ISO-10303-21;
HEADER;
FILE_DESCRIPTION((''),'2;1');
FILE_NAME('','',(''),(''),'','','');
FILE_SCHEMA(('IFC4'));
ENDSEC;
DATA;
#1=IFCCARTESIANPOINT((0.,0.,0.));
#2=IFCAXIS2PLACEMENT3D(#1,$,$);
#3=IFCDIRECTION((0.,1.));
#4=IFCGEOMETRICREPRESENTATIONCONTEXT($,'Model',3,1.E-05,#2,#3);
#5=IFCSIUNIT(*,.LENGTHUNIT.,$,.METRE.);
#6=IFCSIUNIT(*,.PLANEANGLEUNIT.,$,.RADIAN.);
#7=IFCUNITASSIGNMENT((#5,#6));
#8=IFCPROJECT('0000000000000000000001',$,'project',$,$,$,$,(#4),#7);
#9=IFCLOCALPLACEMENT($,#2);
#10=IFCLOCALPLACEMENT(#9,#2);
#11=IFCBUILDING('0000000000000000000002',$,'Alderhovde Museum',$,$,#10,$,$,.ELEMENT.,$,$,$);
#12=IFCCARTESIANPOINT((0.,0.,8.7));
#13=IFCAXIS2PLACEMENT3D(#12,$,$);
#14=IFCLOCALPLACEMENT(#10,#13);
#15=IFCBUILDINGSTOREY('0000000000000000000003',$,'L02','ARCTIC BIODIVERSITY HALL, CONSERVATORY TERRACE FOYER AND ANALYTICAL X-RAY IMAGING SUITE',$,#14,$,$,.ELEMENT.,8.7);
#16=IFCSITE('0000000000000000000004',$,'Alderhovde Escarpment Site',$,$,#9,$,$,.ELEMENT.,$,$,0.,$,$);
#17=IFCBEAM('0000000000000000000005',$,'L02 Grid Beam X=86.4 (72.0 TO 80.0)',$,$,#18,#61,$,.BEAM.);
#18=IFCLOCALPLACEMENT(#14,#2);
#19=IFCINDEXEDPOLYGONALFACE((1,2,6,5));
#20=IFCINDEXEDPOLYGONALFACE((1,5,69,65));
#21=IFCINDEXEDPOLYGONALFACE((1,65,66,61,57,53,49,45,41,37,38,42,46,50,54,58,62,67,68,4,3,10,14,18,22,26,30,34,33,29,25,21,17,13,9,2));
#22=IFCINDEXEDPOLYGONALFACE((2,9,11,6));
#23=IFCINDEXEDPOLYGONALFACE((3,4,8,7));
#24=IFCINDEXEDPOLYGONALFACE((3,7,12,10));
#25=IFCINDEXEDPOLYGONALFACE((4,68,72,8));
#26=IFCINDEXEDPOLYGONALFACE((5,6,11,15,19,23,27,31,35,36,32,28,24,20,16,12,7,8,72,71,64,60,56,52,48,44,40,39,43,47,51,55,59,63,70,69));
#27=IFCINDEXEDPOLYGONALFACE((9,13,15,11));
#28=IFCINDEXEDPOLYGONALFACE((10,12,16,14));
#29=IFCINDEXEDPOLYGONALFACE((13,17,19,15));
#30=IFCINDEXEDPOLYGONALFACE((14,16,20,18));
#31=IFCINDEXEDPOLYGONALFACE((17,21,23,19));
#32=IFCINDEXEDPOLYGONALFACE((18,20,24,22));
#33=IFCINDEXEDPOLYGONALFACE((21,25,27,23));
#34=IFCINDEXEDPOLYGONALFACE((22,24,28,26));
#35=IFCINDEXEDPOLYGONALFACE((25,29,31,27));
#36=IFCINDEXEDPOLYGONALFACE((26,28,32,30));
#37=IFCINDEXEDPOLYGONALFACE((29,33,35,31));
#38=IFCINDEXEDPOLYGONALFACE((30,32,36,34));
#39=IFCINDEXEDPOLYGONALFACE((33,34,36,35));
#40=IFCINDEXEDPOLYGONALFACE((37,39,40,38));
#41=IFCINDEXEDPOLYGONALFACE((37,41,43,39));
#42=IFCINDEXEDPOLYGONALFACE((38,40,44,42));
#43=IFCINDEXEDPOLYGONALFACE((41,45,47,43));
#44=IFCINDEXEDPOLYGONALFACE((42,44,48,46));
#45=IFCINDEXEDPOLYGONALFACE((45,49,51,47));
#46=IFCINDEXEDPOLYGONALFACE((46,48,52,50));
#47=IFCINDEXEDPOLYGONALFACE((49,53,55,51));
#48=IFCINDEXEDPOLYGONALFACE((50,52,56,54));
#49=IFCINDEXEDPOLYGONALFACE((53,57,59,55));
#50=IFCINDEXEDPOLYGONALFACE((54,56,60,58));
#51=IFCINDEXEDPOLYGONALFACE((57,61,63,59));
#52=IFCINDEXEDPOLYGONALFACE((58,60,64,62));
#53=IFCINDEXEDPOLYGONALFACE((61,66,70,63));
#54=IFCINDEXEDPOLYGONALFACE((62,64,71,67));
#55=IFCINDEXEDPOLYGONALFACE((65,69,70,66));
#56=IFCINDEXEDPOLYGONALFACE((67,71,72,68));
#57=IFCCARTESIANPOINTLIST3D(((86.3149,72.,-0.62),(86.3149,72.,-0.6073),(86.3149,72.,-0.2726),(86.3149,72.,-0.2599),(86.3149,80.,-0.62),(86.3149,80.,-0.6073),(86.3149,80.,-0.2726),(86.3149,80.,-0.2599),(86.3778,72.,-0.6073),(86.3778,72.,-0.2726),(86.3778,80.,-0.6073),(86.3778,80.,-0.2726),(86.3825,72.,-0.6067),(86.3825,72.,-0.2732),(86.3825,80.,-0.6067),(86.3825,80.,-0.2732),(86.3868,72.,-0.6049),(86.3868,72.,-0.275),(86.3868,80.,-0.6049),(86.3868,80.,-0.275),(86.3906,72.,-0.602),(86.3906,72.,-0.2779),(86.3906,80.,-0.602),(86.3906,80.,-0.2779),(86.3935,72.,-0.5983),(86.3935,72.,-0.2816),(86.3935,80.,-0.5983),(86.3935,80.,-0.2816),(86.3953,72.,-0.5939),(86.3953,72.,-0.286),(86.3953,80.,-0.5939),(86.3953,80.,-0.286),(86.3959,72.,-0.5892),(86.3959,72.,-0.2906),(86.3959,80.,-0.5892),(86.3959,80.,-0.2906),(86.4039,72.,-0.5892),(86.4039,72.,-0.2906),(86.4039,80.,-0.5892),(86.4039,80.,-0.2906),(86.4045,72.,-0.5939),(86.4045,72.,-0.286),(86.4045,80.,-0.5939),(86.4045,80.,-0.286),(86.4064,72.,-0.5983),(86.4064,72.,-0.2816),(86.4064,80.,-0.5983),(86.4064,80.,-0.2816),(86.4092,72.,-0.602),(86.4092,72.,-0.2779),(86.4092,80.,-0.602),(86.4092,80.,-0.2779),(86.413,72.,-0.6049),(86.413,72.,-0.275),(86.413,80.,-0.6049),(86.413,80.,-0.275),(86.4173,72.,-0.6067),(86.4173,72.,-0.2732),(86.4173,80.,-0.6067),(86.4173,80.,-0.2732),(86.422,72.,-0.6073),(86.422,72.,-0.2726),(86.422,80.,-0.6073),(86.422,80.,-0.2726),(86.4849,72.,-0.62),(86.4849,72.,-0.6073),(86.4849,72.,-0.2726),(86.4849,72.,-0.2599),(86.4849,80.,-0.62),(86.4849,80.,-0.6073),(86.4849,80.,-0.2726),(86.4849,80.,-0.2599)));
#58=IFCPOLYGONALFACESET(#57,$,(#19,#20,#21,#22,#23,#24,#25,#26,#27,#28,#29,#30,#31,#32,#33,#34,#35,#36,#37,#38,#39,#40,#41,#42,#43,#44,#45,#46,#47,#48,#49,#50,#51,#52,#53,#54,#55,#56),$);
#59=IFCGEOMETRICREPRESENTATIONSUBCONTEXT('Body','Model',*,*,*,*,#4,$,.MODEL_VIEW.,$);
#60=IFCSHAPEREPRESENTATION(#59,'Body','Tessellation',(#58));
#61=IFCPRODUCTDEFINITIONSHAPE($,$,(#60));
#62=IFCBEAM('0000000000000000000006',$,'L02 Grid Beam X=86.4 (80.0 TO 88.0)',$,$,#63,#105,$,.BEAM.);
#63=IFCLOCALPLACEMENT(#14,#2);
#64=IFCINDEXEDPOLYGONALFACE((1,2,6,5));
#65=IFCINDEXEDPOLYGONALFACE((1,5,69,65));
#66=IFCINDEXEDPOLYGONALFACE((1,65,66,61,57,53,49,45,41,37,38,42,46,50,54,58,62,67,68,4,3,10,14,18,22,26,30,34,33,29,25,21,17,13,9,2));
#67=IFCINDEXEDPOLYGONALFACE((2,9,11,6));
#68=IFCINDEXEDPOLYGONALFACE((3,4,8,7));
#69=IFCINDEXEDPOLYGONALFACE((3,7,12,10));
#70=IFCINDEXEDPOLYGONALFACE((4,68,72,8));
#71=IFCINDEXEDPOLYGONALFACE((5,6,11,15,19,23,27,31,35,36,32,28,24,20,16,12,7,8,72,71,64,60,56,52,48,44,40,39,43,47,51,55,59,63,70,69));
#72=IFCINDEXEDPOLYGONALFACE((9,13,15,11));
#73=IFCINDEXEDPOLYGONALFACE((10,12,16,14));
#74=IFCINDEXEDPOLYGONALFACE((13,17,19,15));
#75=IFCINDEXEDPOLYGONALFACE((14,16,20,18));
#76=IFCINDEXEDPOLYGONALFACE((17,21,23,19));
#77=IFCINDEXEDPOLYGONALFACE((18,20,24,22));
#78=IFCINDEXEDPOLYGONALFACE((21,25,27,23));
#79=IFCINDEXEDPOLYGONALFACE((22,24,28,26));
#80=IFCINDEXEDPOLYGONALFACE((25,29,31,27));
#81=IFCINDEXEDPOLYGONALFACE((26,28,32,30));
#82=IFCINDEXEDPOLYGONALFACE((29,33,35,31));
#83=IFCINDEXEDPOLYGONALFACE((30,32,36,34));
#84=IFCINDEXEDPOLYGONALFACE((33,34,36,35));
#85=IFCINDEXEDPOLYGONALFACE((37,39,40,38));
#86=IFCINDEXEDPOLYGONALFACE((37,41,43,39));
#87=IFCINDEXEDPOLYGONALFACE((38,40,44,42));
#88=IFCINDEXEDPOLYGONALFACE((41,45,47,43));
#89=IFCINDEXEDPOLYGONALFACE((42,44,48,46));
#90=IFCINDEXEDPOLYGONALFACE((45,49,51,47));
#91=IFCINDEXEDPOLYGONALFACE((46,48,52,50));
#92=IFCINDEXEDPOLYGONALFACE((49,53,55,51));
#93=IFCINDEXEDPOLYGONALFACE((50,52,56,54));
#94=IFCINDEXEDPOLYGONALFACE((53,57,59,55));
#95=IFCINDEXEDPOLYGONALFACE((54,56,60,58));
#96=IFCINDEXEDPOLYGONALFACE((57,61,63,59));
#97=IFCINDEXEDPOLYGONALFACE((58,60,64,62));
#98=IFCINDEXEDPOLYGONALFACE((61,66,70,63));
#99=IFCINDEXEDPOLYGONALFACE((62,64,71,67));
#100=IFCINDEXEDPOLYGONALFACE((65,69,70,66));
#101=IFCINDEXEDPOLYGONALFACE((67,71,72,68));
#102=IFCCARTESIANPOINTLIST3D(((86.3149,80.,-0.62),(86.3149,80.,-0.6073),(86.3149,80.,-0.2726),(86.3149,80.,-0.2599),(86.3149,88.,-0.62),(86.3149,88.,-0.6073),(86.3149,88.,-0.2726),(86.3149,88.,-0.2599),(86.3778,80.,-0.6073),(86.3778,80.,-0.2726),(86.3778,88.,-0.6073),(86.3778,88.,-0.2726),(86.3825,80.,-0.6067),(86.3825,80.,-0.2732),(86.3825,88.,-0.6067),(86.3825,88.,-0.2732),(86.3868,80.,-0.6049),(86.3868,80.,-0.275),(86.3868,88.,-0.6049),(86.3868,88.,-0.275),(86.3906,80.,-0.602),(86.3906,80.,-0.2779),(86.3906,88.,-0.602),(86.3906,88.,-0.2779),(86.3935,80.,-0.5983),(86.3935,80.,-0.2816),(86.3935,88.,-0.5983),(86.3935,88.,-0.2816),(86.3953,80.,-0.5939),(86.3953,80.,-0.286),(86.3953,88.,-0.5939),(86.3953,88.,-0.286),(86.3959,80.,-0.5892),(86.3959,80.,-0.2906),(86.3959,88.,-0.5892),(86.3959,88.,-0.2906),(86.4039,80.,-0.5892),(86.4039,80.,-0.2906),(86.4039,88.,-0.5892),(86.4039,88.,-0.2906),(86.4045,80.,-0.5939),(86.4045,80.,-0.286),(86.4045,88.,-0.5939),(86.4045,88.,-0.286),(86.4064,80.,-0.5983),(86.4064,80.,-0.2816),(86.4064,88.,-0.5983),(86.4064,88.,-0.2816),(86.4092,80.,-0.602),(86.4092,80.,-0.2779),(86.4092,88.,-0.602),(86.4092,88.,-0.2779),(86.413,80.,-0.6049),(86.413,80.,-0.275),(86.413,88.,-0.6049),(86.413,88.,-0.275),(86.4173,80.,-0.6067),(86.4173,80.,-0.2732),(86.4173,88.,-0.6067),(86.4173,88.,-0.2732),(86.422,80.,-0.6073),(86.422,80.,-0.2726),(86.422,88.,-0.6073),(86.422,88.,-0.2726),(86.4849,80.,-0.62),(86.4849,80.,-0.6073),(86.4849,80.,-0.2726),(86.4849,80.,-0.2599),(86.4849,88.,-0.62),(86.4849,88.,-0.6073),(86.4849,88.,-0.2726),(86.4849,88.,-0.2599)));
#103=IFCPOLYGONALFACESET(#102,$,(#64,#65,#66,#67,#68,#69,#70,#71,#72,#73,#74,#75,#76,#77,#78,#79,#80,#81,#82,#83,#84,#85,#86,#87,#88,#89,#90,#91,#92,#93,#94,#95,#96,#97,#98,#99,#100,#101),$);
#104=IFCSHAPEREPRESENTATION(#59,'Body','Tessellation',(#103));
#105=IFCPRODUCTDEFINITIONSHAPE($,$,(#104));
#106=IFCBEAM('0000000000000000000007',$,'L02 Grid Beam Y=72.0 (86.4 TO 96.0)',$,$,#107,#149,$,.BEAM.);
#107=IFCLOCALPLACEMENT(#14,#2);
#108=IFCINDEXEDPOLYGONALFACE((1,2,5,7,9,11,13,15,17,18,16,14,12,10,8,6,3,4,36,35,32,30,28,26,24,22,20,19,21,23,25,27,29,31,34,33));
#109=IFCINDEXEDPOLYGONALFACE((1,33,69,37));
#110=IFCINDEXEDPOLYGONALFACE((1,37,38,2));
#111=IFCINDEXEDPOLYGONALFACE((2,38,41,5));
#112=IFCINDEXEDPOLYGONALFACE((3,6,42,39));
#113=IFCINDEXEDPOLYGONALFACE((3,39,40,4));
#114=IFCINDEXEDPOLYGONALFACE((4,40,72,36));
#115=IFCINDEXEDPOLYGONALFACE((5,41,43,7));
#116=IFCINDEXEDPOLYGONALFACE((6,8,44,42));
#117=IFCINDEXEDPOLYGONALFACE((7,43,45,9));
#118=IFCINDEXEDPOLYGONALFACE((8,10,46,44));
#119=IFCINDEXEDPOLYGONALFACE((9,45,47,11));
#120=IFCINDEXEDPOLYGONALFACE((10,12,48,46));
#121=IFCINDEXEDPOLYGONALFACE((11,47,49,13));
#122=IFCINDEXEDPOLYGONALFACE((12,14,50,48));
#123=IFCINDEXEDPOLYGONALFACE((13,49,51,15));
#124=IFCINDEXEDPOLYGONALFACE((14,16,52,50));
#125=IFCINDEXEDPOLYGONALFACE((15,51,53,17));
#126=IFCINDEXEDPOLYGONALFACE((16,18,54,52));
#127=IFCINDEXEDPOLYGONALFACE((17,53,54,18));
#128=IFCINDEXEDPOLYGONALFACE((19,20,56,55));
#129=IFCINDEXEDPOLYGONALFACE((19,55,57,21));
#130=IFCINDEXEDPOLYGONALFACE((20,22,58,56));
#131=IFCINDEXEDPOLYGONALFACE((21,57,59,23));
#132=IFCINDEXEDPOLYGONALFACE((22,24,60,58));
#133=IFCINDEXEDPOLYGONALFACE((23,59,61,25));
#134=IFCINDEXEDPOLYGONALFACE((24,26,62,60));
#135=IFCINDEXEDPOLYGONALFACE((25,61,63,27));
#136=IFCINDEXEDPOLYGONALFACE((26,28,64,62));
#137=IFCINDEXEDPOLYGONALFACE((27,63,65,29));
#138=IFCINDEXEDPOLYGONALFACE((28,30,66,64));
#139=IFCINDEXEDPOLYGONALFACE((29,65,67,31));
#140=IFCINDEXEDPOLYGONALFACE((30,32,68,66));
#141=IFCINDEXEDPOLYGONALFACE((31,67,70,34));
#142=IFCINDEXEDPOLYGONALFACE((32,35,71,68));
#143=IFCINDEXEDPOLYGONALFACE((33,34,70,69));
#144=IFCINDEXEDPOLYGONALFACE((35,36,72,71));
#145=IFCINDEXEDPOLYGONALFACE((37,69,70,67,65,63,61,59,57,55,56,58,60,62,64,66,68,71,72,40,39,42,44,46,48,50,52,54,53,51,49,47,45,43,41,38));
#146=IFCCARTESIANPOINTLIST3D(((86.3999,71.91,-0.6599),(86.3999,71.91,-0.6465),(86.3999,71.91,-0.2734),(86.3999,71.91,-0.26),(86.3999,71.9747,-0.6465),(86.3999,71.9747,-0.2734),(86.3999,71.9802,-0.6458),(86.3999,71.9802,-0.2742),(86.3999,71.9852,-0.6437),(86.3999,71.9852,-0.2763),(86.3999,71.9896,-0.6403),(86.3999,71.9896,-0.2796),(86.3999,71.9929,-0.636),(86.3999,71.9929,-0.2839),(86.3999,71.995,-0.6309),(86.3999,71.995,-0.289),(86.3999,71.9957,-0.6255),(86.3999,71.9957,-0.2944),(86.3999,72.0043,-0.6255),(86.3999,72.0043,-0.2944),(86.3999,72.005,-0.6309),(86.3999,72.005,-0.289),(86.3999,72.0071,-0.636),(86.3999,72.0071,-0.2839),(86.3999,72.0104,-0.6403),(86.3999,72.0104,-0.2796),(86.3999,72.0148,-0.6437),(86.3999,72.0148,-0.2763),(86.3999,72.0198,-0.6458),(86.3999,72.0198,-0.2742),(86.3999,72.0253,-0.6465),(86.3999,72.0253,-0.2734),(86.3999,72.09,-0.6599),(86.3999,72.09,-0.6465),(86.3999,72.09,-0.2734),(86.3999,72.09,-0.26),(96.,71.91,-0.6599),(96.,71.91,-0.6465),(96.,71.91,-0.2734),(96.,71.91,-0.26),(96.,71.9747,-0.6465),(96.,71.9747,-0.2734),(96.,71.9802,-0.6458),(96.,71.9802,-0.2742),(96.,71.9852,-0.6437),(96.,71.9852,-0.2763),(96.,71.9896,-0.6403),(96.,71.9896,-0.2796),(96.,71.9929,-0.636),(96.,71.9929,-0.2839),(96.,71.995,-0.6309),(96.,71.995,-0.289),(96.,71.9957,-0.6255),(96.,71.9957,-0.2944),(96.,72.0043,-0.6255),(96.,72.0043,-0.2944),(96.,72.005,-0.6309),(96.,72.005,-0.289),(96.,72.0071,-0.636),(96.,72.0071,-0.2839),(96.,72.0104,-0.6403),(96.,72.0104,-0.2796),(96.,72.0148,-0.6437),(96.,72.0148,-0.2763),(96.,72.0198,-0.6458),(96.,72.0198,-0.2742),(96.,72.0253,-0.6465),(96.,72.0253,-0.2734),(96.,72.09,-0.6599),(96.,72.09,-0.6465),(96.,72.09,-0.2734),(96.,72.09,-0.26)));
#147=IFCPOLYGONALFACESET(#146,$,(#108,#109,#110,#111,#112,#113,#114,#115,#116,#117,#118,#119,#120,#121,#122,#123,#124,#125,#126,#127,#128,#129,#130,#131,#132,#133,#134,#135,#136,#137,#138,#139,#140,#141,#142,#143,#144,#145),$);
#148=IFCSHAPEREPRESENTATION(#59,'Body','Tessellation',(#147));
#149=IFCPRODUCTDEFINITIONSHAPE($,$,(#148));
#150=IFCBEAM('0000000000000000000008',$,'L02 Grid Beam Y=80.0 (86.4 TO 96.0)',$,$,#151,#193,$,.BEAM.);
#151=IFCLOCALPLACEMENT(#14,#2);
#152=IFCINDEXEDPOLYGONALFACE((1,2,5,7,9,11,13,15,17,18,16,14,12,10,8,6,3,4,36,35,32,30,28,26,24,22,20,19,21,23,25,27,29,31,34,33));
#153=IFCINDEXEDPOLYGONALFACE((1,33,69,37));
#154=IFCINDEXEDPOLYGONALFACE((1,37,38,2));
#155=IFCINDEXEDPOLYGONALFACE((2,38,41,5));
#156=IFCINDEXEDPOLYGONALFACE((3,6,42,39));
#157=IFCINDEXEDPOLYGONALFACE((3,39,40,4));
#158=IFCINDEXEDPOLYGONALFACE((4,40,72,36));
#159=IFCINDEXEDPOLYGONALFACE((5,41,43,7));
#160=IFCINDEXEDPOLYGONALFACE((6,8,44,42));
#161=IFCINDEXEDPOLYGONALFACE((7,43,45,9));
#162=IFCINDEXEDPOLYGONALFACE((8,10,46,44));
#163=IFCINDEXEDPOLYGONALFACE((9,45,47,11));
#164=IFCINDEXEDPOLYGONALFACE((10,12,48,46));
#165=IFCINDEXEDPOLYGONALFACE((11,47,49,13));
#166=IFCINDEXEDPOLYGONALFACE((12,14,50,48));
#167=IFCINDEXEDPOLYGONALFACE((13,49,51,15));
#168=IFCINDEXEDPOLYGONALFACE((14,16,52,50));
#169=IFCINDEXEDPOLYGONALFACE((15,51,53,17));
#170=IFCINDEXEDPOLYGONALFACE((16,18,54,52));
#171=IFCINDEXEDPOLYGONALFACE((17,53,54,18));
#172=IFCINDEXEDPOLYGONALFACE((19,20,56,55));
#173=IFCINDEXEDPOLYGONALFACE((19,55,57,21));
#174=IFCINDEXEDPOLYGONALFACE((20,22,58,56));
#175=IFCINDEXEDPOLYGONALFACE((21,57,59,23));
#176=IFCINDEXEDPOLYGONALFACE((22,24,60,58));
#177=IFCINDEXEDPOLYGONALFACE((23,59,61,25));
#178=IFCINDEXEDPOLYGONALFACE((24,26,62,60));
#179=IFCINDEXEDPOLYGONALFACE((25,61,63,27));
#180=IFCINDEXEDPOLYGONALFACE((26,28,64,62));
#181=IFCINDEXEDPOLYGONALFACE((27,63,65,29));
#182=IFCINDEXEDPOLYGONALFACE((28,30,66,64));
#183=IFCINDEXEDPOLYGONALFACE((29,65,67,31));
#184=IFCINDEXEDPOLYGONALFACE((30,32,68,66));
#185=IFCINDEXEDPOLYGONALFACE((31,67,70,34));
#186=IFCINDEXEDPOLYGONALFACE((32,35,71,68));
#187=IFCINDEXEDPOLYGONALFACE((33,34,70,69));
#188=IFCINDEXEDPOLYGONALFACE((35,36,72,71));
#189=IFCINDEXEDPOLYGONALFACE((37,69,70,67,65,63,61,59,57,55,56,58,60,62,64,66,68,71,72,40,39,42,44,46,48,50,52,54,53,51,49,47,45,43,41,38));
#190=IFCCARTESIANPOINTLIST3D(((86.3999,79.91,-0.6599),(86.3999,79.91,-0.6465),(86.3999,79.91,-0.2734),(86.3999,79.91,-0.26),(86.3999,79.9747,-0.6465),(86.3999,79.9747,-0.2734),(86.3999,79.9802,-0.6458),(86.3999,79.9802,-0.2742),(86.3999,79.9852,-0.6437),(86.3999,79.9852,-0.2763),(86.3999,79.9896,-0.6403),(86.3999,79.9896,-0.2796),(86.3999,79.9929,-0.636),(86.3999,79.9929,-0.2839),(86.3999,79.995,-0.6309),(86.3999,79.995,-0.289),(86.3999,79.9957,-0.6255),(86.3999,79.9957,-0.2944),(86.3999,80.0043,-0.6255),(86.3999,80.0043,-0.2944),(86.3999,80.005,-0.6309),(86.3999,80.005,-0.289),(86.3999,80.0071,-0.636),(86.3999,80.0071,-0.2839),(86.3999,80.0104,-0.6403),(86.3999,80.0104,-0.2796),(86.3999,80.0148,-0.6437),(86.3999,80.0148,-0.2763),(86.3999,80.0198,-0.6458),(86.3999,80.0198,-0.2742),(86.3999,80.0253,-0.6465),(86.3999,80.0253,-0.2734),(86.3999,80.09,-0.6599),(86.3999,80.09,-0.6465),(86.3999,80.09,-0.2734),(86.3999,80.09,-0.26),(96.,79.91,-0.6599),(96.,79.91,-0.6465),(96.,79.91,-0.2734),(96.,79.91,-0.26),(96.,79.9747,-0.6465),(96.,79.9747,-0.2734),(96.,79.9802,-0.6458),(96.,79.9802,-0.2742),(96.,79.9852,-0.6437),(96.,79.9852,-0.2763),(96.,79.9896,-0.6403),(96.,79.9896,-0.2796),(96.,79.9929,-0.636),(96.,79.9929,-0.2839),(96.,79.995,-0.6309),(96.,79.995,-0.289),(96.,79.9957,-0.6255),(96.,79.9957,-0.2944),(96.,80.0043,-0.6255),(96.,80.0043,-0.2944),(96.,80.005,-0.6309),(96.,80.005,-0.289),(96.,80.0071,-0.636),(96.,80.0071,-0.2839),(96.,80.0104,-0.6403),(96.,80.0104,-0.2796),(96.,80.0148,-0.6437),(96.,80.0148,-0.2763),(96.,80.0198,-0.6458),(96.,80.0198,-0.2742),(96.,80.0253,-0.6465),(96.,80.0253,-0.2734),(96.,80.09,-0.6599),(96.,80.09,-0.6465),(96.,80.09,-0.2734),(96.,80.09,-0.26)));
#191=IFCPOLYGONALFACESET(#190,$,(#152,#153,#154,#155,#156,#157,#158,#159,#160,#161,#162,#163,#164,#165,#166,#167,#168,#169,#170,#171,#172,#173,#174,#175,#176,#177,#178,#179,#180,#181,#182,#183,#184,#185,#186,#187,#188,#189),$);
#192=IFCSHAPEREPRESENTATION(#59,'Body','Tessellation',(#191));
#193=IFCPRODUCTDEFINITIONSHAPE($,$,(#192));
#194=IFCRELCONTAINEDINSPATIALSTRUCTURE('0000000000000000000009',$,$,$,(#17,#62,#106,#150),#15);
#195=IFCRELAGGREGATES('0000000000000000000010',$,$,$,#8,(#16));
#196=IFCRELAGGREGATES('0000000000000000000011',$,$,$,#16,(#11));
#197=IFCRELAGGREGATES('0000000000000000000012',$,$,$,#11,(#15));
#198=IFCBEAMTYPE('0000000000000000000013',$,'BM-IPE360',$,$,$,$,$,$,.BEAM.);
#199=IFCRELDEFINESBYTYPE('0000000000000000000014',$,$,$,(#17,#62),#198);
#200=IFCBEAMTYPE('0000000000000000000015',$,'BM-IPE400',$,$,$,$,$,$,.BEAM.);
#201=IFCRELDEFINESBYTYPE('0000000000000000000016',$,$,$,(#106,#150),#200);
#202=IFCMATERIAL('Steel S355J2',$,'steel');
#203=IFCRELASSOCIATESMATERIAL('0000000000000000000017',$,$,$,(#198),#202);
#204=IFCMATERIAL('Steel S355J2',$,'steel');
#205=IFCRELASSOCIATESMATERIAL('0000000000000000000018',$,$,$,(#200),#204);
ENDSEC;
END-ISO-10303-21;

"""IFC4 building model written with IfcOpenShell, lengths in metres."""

from ifc_helpers import new_model, si_unit, direction, frame, origin, origin_2d, place, context, subcontext, project, spatial, i_section, extrude, material, material_profile, profile_set, type_object, element, save


model = new_model("IFC4")

# Units and contexts
model_context = context("Model", 3, precision=1e-05, world=origin(), true_north=direction((0.0, 1.0)))
body_context = subcontext(model_context, "Body", "Model", "MODEL_VIEW")
ifc_project = project(units=[si_unit("LENGTHUNIT", "METRE"), si_unit("PLANEANGLEUNIT", "RADIAN")], contexts=[model_context])

# Site, building, storey
site_placement = place(None, origin())
site = spatial("IfcSite", under=ifc_project, at=site_placement, Name="Alderhovde Escarpment Site", CompositionType="ELEMENT", RefElevation=0.0)
building_placement = place(site_placement, origin())
building = spatial("IfcBuilding", under=site, at=building_placement, Name="Alderhovde Museum", CompositionType="ELEMENT")
storey_placement = place(building_placement, frame((0.0, 0.0, 8.7)))
storey = spatial("IfcBuildingStorey", under=building, at=storey_placement, Name="L02", Description="ARCTIC BIODIVERSITY HALL, CONSERVATORY TERRACE FOYER AND ANALYTICAL X-RAY IMAGING SUITE", CompositionType="ELEMENT", Elevation=8.7)

# Beams
ifc_material_1 = material(Name="Steel S355J2", Category="steel")
ifc_material_profile_1 = material_profile(ifc_material_1, i_section(OverallWidth=0.1699, OverallDepth=0.3601, WebThickness=0.0081, FlangeThickness=0.0127, FilletRadius=0.0181, at=origin_2d()), Name="IPE 360")
ifc_profile_set_1 = profile_set([ifc_material_profile_1], Name="Steel S355J2")
beam_type_1 = type_object("IfcBeamType", Name="BM-IPE360", PredefinedType="BEAM", material=ifc_profile_set_1)
for number, where, z_axis, x_axis, name in (
    (1, (86.3999, 72.0, -0.4399), (0.0, 1.0, 0.0), (-1.0, 0.0, 0.0), "L02 Grid Beam X=86.4 (72.0 TO 80.0)"),
    (2, (86.3999, 80.0, -0.4399), (0.0, 1.0, 0.0), (-1.0, 0.0, 0.0), "L02 Grid Beam X=86.4 (80.0 TO 88.0)"),
):
    element("IfcBeam", number, at=place(storey_placement, frame(where, z_axis=z_axis, x_axis=x_axis)), inside=storey, type_object=beam_type_1, Name=name, PredefinedType="BEAM", context=body_context, shape_type="SweptSolid", body=[
        extrude(i_section(OverallWidth=0.1699, OverallDepth=0.3601, WebThickness=0.0081, FlangeThickness=0.0127, FilletRadius=0.0181, at=origin_2d()), origin(), (0.0, 0.0, 1.0), 8.0),
    ])
ifc_material_2 = material(Name="Steel S355J2", Category="steel")
ifc_material_profile_2 = material_profile(ifc_material_2, i_section(OverallWidth=0.1799, OverallDepth=0.3999, WebThickness=0.0085, FlangeThickness=0.0134, FilletRadius=0.021, at=origin_2d()), Name="IPE 400")
ifc_profile_set_2 = profile_set([ifc_material_profile_2], Name="Steel S355J2")
beam_type_2 = type_object("IfcBeamType", Name="BM-IPE400", PredefinedType="BEAM", material=ifc_profile_set_2)
for number, where, z_axis, x_axis, name in (
    (3, (86.3999, 72.0, -0.46), (1.0, 0.0, 0.0), (0.0, 1.0, 0.0), "L02 Grid Beam Y=72.0 (86.4 TO 96.0)"),
    (4, (86.3999, 80.0, -0.46), (1.0, 0.0, 0.0), (0.0, 1.0, 0.0), "L02 Grid Beam Y=80.0 (86.4 TO 96.0)"),
):
    element("IfcBeam", number, at=place(storey_placement, frame(where, z_axis=z_axis, x_axis=x_axis)), inside=storey, type_object=beam_type_2, Name=name, PredefinedType="BEAM", context=body_context, shape_type="SweptSolid", body=[
        extrude(i_section(OverallWidth=0.1799, OverallDepth=0.3999, WebThickness=0.0085, FlangeThickness=0.0134, FilletRadius=0.021, at=origin_2d()), origin(), (0.0, 0.0, 1.0), 9.6001),
    ])

save(model, "model.ifc")
